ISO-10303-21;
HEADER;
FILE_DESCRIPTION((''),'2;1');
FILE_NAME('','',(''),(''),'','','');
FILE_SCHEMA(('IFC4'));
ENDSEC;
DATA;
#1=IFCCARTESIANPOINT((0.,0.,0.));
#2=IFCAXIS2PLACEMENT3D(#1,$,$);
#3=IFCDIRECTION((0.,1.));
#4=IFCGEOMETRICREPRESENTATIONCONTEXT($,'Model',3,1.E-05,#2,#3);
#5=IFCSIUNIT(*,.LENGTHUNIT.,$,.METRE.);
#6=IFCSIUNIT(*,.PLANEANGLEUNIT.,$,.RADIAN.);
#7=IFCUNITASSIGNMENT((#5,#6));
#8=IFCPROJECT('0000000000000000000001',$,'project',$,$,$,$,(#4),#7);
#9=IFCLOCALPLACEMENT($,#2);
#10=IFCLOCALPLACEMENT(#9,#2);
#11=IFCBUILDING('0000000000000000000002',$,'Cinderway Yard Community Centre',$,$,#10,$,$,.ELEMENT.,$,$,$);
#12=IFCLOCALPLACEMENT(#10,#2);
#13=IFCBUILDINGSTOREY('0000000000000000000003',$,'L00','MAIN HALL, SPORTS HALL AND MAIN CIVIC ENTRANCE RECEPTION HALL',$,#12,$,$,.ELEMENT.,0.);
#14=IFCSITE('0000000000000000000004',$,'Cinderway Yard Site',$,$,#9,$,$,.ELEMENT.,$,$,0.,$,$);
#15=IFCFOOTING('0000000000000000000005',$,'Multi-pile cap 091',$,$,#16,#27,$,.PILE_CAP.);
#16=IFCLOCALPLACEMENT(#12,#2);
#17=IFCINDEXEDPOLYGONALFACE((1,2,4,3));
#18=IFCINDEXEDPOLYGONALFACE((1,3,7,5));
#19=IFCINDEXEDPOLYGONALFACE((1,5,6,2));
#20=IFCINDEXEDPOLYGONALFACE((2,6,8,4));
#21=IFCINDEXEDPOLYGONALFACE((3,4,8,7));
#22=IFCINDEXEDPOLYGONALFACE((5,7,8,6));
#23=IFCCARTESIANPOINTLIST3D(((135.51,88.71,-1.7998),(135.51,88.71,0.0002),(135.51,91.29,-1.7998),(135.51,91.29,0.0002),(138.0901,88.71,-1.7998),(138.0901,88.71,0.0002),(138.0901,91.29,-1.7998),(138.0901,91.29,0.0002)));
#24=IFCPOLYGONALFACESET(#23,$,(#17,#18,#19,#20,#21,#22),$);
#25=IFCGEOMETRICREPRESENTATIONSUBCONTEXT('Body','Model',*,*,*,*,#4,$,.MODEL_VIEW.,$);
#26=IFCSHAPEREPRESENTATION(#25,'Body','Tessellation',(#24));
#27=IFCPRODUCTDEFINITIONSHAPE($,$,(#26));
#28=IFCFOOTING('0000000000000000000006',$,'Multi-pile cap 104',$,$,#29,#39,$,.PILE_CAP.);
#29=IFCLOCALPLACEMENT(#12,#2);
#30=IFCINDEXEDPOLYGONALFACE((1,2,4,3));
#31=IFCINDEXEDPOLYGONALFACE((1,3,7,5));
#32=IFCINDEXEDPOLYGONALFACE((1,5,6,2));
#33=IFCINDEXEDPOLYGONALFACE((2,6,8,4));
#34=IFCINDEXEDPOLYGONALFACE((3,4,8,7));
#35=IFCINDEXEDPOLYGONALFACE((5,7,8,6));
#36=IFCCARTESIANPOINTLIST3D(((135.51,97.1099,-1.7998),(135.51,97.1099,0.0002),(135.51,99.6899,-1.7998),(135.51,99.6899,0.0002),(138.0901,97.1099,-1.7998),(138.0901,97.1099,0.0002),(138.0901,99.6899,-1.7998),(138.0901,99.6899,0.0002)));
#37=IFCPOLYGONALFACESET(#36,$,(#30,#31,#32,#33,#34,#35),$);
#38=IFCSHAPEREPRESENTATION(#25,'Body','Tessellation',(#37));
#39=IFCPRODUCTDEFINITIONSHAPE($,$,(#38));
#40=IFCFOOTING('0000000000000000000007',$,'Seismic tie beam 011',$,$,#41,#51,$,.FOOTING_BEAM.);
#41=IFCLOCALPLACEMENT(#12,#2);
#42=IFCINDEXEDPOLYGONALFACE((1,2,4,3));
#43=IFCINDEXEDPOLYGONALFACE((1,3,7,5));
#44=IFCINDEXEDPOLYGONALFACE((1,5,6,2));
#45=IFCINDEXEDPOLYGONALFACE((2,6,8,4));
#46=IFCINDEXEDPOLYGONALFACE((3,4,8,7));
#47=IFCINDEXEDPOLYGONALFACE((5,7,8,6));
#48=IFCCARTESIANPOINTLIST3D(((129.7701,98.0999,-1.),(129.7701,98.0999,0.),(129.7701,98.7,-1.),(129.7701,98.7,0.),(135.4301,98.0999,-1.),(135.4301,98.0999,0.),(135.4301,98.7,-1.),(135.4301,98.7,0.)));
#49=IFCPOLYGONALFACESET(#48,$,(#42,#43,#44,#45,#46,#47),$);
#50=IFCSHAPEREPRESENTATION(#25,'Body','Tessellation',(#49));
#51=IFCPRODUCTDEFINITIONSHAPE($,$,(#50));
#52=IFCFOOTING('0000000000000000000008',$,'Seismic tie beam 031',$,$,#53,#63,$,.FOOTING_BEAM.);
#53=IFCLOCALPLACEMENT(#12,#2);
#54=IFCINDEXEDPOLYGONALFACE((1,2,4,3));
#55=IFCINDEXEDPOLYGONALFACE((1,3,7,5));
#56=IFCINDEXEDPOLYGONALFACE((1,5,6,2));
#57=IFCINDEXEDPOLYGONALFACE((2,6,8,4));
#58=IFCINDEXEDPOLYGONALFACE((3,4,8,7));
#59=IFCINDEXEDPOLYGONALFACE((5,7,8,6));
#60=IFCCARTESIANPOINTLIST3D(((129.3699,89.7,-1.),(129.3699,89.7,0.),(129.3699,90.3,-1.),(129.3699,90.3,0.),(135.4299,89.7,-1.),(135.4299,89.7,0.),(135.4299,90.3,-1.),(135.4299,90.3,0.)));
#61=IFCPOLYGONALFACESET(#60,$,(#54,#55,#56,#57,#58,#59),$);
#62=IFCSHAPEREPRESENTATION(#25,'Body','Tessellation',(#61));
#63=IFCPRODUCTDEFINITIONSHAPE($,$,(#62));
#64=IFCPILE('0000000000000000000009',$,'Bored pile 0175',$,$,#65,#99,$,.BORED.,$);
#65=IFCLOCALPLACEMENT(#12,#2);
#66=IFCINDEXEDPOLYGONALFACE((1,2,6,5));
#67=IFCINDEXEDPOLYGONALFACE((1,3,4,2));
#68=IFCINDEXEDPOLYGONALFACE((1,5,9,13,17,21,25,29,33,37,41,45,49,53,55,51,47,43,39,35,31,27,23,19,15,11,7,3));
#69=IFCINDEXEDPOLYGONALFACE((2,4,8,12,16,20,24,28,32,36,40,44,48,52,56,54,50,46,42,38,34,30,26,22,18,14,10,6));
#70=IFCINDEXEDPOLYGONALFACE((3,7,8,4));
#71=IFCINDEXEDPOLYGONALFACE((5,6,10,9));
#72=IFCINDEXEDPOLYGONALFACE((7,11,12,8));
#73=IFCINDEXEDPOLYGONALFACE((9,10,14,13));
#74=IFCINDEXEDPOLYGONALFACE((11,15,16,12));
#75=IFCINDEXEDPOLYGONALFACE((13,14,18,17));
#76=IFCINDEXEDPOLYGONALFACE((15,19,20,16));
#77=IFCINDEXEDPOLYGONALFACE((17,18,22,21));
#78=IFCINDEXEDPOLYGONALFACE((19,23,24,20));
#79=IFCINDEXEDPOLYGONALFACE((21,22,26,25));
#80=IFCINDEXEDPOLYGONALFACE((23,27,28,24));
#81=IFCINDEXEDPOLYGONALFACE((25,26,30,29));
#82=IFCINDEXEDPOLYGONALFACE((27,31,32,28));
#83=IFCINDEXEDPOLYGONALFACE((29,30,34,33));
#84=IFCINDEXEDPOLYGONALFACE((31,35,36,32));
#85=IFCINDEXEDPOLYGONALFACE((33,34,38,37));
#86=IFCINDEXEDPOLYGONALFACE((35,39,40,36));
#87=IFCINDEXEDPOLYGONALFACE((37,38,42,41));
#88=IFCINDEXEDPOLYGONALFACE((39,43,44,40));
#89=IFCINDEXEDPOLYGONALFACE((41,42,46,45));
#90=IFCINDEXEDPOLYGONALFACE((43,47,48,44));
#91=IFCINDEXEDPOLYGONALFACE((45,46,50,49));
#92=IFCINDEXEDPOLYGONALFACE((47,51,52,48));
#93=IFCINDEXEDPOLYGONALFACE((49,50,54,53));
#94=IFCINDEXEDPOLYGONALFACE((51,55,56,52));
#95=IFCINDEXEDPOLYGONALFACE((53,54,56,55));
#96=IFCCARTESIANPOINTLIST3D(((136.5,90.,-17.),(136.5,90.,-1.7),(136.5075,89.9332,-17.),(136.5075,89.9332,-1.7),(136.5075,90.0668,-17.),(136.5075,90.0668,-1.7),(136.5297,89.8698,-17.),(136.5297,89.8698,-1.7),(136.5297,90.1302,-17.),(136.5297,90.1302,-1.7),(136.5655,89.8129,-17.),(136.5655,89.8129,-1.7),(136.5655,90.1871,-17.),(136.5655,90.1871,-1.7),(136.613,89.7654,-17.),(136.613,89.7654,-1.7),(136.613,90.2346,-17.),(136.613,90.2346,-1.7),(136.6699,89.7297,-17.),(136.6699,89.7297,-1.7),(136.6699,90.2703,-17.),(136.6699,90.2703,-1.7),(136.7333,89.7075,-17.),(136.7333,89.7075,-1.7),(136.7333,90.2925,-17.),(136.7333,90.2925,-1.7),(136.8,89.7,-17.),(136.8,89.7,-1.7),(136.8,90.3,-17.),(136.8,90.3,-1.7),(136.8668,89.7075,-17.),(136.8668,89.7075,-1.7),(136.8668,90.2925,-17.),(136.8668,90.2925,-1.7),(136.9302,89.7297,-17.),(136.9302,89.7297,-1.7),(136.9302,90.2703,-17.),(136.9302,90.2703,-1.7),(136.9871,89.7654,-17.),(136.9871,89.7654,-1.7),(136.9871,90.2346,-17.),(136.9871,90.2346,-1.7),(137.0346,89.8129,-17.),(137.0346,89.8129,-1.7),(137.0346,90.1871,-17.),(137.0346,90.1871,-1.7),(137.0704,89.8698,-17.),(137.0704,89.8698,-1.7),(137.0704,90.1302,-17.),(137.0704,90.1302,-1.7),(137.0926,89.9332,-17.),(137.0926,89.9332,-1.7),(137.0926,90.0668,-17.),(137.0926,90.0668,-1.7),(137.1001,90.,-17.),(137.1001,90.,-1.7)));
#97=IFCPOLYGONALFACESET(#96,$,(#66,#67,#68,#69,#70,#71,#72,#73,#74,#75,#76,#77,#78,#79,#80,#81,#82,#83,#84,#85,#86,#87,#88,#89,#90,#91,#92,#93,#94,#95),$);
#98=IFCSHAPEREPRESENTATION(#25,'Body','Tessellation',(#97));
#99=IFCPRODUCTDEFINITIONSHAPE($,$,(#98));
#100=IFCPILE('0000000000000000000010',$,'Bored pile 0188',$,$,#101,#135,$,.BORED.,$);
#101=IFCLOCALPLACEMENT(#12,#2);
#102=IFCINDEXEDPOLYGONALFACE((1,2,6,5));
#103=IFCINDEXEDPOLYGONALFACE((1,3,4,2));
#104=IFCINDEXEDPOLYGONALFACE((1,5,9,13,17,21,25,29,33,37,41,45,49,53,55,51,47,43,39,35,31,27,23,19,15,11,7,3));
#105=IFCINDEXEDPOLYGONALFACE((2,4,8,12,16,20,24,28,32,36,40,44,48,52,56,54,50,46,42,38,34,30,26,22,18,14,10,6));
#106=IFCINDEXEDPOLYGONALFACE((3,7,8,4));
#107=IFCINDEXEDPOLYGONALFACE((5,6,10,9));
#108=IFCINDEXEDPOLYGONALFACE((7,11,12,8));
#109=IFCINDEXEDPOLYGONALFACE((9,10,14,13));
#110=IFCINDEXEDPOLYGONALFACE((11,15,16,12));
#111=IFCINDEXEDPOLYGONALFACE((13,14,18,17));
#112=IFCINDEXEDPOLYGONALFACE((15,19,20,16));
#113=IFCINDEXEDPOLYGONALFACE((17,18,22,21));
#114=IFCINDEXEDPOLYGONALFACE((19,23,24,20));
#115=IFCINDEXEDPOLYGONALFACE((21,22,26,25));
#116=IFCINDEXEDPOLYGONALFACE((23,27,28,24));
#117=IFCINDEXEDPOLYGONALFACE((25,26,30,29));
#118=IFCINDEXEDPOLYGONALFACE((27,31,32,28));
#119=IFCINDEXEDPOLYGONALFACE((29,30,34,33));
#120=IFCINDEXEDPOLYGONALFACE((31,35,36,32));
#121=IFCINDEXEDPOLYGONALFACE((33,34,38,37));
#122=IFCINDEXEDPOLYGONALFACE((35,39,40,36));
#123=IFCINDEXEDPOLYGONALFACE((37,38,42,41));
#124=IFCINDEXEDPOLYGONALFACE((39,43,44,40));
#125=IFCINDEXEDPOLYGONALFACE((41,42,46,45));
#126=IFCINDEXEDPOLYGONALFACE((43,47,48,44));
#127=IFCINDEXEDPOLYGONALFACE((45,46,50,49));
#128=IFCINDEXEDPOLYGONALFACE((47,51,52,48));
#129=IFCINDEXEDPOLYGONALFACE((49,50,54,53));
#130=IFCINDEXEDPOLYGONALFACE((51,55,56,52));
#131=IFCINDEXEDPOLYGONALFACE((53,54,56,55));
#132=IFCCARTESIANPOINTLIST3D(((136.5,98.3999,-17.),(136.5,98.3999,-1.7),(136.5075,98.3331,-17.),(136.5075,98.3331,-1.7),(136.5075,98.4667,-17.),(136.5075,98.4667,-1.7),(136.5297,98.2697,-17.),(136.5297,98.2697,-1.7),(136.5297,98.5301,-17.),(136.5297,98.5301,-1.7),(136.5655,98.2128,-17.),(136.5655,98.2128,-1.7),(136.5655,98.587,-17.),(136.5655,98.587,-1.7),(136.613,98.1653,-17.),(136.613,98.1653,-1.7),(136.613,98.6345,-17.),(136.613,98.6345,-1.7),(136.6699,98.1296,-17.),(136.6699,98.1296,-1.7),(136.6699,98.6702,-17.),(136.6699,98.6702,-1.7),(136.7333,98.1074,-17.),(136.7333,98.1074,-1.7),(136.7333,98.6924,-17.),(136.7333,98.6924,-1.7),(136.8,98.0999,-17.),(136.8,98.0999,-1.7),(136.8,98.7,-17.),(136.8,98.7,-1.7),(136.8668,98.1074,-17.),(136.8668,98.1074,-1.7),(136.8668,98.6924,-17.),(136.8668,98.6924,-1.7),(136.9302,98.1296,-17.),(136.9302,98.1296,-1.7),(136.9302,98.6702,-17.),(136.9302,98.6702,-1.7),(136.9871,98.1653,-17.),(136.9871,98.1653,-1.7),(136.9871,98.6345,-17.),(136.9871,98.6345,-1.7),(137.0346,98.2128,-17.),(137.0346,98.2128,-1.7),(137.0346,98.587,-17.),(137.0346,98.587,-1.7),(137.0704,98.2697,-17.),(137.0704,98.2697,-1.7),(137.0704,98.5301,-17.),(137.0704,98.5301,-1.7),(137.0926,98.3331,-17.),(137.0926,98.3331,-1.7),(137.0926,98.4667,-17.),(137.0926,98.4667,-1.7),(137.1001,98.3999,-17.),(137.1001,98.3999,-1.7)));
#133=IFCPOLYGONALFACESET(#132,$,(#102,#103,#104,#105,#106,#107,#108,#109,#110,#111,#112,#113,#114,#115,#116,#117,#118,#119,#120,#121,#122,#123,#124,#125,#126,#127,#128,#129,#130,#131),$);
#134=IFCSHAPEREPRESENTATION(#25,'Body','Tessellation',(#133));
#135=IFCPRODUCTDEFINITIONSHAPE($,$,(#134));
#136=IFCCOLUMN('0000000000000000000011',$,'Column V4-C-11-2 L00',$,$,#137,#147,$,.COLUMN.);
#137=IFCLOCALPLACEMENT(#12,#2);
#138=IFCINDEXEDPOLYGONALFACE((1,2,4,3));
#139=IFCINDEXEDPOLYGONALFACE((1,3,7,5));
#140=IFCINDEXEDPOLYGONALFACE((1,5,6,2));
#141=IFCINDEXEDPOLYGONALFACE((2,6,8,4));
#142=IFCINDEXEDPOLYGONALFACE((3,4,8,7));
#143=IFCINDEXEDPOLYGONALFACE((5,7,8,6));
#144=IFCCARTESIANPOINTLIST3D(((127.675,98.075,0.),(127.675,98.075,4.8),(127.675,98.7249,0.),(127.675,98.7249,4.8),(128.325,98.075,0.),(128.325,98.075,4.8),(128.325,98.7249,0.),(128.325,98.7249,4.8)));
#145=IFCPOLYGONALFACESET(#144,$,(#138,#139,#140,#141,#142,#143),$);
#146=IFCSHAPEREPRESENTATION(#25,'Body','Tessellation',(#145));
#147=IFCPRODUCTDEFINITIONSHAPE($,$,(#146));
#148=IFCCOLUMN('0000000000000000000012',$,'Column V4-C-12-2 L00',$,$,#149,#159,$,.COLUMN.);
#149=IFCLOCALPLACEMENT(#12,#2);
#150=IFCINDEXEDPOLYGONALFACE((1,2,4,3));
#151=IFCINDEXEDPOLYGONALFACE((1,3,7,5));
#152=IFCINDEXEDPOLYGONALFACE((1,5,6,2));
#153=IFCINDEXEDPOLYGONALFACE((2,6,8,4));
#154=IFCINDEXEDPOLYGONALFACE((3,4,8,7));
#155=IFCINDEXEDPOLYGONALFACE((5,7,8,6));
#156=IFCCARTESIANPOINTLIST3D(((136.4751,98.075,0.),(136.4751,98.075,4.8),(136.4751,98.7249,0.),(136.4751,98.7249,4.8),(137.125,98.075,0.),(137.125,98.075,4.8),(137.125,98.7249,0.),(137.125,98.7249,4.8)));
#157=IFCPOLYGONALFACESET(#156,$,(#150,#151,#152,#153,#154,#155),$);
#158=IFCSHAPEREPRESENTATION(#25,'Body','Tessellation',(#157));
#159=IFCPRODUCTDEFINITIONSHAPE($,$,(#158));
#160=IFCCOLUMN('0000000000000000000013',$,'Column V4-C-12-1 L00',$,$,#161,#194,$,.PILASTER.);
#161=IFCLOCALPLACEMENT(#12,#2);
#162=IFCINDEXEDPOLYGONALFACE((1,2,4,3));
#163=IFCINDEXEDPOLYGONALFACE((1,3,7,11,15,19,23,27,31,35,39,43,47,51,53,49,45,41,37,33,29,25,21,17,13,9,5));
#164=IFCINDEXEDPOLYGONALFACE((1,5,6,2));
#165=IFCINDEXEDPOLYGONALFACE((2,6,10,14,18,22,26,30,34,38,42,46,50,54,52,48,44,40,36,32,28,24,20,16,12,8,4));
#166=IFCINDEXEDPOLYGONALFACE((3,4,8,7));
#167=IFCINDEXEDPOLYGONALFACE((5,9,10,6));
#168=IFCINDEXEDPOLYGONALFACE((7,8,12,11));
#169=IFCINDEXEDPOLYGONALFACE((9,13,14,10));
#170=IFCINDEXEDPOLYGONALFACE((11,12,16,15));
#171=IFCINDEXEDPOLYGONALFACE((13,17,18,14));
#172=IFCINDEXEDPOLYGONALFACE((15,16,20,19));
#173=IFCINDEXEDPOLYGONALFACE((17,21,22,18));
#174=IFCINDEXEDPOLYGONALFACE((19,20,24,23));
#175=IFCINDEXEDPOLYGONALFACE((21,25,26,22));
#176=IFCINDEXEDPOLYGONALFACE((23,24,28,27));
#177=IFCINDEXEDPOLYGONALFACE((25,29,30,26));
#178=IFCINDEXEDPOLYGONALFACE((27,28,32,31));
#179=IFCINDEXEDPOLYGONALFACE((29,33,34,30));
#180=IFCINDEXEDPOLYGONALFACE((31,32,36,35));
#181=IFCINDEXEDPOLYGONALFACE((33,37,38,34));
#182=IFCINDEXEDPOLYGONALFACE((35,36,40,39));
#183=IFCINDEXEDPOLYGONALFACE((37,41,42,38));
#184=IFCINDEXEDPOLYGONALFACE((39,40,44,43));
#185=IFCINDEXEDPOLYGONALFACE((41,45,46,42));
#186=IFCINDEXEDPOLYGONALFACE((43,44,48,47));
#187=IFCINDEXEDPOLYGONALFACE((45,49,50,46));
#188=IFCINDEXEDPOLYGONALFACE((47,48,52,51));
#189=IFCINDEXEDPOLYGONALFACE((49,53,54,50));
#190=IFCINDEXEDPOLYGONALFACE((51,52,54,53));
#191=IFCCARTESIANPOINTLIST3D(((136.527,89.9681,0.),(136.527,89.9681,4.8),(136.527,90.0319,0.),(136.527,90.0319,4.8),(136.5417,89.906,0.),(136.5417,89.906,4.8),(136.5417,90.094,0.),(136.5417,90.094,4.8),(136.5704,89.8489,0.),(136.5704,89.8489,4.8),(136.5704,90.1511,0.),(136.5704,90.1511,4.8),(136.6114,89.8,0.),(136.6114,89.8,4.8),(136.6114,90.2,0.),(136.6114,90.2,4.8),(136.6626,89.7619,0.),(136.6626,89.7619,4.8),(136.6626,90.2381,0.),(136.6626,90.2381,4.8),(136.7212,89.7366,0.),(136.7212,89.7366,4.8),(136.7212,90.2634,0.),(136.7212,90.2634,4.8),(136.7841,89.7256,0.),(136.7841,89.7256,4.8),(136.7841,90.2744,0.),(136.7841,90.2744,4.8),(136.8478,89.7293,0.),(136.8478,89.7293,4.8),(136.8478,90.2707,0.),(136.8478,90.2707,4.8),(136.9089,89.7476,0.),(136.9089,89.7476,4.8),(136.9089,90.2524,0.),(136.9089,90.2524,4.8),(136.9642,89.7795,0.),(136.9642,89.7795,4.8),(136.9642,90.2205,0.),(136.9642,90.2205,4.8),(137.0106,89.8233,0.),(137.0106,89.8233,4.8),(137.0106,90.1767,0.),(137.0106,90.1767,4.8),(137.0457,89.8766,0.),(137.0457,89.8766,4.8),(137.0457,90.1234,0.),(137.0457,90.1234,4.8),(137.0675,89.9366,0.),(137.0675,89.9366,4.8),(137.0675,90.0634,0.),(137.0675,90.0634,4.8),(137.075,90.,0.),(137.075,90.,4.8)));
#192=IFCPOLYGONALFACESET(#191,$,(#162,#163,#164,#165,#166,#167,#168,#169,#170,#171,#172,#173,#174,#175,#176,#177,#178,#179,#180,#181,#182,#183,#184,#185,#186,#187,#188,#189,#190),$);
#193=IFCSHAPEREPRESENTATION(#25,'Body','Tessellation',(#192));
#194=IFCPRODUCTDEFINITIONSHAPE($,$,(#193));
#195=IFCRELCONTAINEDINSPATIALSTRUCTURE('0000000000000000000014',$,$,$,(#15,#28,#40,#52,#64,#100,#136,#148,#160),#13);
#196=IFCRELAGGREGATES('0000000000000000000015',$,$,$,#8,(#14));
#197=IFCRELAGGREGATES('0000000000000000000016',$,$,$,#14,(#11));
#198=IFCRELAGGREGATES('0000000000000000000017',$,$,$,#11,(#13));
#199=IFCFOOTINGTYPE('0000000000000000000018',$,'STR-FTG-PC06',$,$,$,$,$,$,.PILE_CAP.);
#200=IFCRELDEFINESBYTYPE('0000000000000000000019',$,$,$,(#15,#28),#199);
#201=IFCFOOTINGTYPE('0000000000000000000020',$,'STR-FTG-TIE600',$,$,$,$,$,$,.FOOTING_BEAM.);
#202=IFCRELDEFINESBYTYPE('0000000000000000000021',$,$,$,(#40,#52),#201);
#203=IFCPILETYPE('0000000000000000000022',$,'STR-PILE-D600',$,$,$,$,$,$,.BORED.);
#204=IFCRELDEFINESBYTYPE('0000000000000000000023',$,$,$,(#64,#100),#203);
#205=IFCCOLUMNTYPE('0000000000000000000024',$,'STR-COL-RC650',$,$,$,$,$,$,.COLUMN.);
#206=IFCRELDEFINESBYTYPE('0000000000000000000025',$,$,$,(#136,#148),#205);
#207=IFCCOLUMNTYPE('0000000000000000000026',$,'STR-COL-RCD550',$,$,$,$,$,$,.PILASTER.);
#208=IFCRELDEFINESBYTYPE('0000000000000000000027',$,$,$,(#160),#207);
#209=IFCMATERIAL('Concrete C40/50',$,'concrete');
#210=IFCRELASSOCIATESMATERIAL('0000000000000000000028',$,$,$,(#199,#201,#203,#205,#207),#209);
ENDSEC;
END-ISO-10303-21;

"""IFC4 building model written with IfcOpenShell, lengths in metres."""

from ifc_helpers import new_model, si_unit, direction, frame, origin, origin_2d, place, context, subcontext, project, spatial, rectangle, circle, extrude, material, material_profile, profile_set, type_object, element, save


model = new_model("IFC4")

# Units and contexts
model_context = context("Model", 3, precision=1e-05, world=origin(), true_north=direction((0.0, 1.0)))
body_context = subcontext(model_context, "Body", "Model", "MODEL_VIEW")
ifc_project = project(units=[si_unit("LENGTHUNIT", "METRE"), si_unit("PLANEANGLEUNIT", "RADIAN")], contexts=[model_context])

# Site, building, storey
site_placement = place(None, origin())
site = spatial("IfcSite", under=ifc_project, at=site_placement, Name="Cinderway Yard Site", CompositionType="ELEMENT", RefElevation=0.0)
building_placement = place(site_placement, origin())
building = spatial("IfcBuilding", under=site, at=building_placement, Name="Cinderway Yard Community Centre", CompositionType="ELEMENT")
storey_placement = place(building_placement, origin())
storey = spatial("IfcBuildingStorey", under=building, at=storey_placement, Name="L00", Description="MAIN HALL, SPORTS HALL AND MAIN CIVIC ENTRANCE RECEPTION HALL", CompositionType="ELEMENT", Elevation=0.0)

# Footings
ifc_material_1 = material(Name="Concrete C40/50", Category="concrete")
footing_type_1 = type_object("IfcFootingType", Name="STR-FTG-PC06", PredefinedType="PILE_CAP", material=ifc_material_1)
for number, where, z_axis, x_axis, name in (
    (1, (136.8, 90.0, -1.7998), (0.0, 0.0, 1.0), (1.0, 0.0, 0.0), "Multi-pile cap 091"),
    (2, (136.8, 98.3999, -1.7998), (0.0, 0.0, 1.0), (1.0, 0.0, 0.0), "Multi-pile cap 104"),
):
    element("IfcFooting", number, at=place(storey_placement, frame(where, z_axis=z_axis, x_axis=x_axis)), inside=storey, type_object=footing_type_1, Name=name, PredefinedType="PILE_CAP", context=body_context, shape_type="SweptSolid", body=[
        extrude(rectangle(XDim=2.5801, YDim=2.5801, at=origin_2d()), origin(), (0.0, 0.0, 1.0), 1.8),
    ])
footing_type_2 = type_object("IfcFootingType", Name="STR-FTG-TIE600", PredefinedType="FOOTING_BEAM", material=ifc_material_1)
footing_1_placement = place(storey_placement, frame((132.6001, 98.3999, -1.0), z_axis=(0.0, 0.0, 1.0), x_axis=(1.0, 0.0, 0.0)))
element("IfcFooting", 3, at=footing_1_placement, inside=storey, type_object=footing_type_2, Name="Seismic tie beam 011", PredefinedType="FOOTING_BEAM", context=body_context, shape_type="SweptSolid", body=[
    extrude(rectangle(XDim=5.6599, YDim=0.6001, at=origin_2d()), origin(), (0.0, 0.0, 1.0), 1.0),
])
footing_2_placement = place(storey_placement, frame((132.3999, 90.0, -1.0), z_axis=(0.0, 0.0, 1.0), x_axis=(1.0, 0.0, 0.0)))
element("IfcFooting", 4, at=footing_2_placement, inside=storey, type_object=footing_type_2, Name="Seismic tie beam 031", PredefinedType="FOOTING_BEAM", context=body_context, shape_type="SweptSolid", body=[
    extrude(rectangle(XDim=6.0601, YDim=0.6001, at=origin_2d()), origin(), (0.0, 0.0, 1.0), 1.0),
])

# Piles
ifc_material_profile_1 = material_profile(ifc_material_1, circle(Radius=0.3, at=origin_2d()), Name="Concrete C40/50")
ifc_profile_set_1 = profile_set([ifc_material_profile_1], Name="Concrete C40/50")
pile_type = type_object("IfcPileType", Name="STR-PILE-D600", PredefinedType="BORED", material=ifc_profile_set_1)
for number, where, z_axis, x_axis, name in (
    (5, (136.8, 90.0, -1.7), (0.0, 0.0, -1.0), (1.0, 0.0, 0.0), "Bored pile 0175"),
    (6, (136.8, 98.3999, -1.7), (0.0, 0.0, -1.0), (1.0, 0.0, 0.0), "Bored pile 0188"),
):
    element("IfcPile", number, at=place(storey_placement, frame(where, z_axis=z_axis, x_axis=x_axis)), inside=storey, type_object=pile_type, Name=name, PredefinedType="BORED", context=body_context, shape_type="SweptSolid", body=[
        extrude(circle(Radius=0.3, at=origin_2d()), origin(), (0.0, 0.0, 1.0), 15.3),
    ])

# Columns
ifc_material_profile_2 = material_profile(ifc_material_1, rectangle(XDim=0.6499, YDim=0.6499, at=origin_2d()), Name="Concrete C40/50")
ifc_profile_set_2 = profile_set([ifc_material_profile_2], Name="Concrete C40/50")
column_type_1 = type_object("IfcColumnType", Name="STR-COL-RC650", PredefinedType="COLUMN", material=ifc_profile_set_2)
for number, where, z_axis, x_axis, name in (
    (7, (128.0, 98.3999, 0.0), (0.0, 0.0, 1.0), (1.0, 0.0, 0.0), "Column V4-C-11-2 L00"),
    (8, (136.8, 98.3999, 0.0), (0.0, 0.0, 1.0), (1.0, 0.0, 0.0), "Column V4-C-12-2 L00"),
):
    element("IfcColumn", number, at=place(storey_placement, frame(where, z_axis=z_axis, x_axis=x_axis)), inside=storey, type_object=column_type_1, Name=name, PredefinedType="COLUMN", context=body_context, shape_type="SweptSolid", body=[
        extrude(rectangle(XDim=0.6499, YDim=0.6499, at=origin_2d()), origin(), (0.0, 0.0, 1.0), 4.8),
    ])
ifc_material_profile_3 = material_profile(ifc_material_1, circle(Radius=0.2749, at=origin_2d()), Name="Concrete C40/50")
ifc_profile_set_3 = profile_set([ifc_material_profile_3], Name="Concrete C40/50")
column_type_2 = type_object("IfcColumnType", Name="STR-COL-RCD550", PredefinedType="PILASTER", material=ifc_profile_set_3)
column_placement = place(storey_placement, frame((136.8, 90.0, 0.0), z_axis=(0.0, 0.0, 1.0), x_axis=(1.0, 0.0, 0.0)))
element("IfcColumn", 9, at=column_placement, inside=storey, type_object=column_type_2, Name="Column V4-C-12-1 L00", PredefinedType="PILASTER", context=body_context, shape_type="SweptSolid", body=[
    extrude(circle(Radius=0.2749, at=origin_2d()), origin(), (0.0, 0.0, 1.0), 4.8),
])

save(model, "model.ifc")
